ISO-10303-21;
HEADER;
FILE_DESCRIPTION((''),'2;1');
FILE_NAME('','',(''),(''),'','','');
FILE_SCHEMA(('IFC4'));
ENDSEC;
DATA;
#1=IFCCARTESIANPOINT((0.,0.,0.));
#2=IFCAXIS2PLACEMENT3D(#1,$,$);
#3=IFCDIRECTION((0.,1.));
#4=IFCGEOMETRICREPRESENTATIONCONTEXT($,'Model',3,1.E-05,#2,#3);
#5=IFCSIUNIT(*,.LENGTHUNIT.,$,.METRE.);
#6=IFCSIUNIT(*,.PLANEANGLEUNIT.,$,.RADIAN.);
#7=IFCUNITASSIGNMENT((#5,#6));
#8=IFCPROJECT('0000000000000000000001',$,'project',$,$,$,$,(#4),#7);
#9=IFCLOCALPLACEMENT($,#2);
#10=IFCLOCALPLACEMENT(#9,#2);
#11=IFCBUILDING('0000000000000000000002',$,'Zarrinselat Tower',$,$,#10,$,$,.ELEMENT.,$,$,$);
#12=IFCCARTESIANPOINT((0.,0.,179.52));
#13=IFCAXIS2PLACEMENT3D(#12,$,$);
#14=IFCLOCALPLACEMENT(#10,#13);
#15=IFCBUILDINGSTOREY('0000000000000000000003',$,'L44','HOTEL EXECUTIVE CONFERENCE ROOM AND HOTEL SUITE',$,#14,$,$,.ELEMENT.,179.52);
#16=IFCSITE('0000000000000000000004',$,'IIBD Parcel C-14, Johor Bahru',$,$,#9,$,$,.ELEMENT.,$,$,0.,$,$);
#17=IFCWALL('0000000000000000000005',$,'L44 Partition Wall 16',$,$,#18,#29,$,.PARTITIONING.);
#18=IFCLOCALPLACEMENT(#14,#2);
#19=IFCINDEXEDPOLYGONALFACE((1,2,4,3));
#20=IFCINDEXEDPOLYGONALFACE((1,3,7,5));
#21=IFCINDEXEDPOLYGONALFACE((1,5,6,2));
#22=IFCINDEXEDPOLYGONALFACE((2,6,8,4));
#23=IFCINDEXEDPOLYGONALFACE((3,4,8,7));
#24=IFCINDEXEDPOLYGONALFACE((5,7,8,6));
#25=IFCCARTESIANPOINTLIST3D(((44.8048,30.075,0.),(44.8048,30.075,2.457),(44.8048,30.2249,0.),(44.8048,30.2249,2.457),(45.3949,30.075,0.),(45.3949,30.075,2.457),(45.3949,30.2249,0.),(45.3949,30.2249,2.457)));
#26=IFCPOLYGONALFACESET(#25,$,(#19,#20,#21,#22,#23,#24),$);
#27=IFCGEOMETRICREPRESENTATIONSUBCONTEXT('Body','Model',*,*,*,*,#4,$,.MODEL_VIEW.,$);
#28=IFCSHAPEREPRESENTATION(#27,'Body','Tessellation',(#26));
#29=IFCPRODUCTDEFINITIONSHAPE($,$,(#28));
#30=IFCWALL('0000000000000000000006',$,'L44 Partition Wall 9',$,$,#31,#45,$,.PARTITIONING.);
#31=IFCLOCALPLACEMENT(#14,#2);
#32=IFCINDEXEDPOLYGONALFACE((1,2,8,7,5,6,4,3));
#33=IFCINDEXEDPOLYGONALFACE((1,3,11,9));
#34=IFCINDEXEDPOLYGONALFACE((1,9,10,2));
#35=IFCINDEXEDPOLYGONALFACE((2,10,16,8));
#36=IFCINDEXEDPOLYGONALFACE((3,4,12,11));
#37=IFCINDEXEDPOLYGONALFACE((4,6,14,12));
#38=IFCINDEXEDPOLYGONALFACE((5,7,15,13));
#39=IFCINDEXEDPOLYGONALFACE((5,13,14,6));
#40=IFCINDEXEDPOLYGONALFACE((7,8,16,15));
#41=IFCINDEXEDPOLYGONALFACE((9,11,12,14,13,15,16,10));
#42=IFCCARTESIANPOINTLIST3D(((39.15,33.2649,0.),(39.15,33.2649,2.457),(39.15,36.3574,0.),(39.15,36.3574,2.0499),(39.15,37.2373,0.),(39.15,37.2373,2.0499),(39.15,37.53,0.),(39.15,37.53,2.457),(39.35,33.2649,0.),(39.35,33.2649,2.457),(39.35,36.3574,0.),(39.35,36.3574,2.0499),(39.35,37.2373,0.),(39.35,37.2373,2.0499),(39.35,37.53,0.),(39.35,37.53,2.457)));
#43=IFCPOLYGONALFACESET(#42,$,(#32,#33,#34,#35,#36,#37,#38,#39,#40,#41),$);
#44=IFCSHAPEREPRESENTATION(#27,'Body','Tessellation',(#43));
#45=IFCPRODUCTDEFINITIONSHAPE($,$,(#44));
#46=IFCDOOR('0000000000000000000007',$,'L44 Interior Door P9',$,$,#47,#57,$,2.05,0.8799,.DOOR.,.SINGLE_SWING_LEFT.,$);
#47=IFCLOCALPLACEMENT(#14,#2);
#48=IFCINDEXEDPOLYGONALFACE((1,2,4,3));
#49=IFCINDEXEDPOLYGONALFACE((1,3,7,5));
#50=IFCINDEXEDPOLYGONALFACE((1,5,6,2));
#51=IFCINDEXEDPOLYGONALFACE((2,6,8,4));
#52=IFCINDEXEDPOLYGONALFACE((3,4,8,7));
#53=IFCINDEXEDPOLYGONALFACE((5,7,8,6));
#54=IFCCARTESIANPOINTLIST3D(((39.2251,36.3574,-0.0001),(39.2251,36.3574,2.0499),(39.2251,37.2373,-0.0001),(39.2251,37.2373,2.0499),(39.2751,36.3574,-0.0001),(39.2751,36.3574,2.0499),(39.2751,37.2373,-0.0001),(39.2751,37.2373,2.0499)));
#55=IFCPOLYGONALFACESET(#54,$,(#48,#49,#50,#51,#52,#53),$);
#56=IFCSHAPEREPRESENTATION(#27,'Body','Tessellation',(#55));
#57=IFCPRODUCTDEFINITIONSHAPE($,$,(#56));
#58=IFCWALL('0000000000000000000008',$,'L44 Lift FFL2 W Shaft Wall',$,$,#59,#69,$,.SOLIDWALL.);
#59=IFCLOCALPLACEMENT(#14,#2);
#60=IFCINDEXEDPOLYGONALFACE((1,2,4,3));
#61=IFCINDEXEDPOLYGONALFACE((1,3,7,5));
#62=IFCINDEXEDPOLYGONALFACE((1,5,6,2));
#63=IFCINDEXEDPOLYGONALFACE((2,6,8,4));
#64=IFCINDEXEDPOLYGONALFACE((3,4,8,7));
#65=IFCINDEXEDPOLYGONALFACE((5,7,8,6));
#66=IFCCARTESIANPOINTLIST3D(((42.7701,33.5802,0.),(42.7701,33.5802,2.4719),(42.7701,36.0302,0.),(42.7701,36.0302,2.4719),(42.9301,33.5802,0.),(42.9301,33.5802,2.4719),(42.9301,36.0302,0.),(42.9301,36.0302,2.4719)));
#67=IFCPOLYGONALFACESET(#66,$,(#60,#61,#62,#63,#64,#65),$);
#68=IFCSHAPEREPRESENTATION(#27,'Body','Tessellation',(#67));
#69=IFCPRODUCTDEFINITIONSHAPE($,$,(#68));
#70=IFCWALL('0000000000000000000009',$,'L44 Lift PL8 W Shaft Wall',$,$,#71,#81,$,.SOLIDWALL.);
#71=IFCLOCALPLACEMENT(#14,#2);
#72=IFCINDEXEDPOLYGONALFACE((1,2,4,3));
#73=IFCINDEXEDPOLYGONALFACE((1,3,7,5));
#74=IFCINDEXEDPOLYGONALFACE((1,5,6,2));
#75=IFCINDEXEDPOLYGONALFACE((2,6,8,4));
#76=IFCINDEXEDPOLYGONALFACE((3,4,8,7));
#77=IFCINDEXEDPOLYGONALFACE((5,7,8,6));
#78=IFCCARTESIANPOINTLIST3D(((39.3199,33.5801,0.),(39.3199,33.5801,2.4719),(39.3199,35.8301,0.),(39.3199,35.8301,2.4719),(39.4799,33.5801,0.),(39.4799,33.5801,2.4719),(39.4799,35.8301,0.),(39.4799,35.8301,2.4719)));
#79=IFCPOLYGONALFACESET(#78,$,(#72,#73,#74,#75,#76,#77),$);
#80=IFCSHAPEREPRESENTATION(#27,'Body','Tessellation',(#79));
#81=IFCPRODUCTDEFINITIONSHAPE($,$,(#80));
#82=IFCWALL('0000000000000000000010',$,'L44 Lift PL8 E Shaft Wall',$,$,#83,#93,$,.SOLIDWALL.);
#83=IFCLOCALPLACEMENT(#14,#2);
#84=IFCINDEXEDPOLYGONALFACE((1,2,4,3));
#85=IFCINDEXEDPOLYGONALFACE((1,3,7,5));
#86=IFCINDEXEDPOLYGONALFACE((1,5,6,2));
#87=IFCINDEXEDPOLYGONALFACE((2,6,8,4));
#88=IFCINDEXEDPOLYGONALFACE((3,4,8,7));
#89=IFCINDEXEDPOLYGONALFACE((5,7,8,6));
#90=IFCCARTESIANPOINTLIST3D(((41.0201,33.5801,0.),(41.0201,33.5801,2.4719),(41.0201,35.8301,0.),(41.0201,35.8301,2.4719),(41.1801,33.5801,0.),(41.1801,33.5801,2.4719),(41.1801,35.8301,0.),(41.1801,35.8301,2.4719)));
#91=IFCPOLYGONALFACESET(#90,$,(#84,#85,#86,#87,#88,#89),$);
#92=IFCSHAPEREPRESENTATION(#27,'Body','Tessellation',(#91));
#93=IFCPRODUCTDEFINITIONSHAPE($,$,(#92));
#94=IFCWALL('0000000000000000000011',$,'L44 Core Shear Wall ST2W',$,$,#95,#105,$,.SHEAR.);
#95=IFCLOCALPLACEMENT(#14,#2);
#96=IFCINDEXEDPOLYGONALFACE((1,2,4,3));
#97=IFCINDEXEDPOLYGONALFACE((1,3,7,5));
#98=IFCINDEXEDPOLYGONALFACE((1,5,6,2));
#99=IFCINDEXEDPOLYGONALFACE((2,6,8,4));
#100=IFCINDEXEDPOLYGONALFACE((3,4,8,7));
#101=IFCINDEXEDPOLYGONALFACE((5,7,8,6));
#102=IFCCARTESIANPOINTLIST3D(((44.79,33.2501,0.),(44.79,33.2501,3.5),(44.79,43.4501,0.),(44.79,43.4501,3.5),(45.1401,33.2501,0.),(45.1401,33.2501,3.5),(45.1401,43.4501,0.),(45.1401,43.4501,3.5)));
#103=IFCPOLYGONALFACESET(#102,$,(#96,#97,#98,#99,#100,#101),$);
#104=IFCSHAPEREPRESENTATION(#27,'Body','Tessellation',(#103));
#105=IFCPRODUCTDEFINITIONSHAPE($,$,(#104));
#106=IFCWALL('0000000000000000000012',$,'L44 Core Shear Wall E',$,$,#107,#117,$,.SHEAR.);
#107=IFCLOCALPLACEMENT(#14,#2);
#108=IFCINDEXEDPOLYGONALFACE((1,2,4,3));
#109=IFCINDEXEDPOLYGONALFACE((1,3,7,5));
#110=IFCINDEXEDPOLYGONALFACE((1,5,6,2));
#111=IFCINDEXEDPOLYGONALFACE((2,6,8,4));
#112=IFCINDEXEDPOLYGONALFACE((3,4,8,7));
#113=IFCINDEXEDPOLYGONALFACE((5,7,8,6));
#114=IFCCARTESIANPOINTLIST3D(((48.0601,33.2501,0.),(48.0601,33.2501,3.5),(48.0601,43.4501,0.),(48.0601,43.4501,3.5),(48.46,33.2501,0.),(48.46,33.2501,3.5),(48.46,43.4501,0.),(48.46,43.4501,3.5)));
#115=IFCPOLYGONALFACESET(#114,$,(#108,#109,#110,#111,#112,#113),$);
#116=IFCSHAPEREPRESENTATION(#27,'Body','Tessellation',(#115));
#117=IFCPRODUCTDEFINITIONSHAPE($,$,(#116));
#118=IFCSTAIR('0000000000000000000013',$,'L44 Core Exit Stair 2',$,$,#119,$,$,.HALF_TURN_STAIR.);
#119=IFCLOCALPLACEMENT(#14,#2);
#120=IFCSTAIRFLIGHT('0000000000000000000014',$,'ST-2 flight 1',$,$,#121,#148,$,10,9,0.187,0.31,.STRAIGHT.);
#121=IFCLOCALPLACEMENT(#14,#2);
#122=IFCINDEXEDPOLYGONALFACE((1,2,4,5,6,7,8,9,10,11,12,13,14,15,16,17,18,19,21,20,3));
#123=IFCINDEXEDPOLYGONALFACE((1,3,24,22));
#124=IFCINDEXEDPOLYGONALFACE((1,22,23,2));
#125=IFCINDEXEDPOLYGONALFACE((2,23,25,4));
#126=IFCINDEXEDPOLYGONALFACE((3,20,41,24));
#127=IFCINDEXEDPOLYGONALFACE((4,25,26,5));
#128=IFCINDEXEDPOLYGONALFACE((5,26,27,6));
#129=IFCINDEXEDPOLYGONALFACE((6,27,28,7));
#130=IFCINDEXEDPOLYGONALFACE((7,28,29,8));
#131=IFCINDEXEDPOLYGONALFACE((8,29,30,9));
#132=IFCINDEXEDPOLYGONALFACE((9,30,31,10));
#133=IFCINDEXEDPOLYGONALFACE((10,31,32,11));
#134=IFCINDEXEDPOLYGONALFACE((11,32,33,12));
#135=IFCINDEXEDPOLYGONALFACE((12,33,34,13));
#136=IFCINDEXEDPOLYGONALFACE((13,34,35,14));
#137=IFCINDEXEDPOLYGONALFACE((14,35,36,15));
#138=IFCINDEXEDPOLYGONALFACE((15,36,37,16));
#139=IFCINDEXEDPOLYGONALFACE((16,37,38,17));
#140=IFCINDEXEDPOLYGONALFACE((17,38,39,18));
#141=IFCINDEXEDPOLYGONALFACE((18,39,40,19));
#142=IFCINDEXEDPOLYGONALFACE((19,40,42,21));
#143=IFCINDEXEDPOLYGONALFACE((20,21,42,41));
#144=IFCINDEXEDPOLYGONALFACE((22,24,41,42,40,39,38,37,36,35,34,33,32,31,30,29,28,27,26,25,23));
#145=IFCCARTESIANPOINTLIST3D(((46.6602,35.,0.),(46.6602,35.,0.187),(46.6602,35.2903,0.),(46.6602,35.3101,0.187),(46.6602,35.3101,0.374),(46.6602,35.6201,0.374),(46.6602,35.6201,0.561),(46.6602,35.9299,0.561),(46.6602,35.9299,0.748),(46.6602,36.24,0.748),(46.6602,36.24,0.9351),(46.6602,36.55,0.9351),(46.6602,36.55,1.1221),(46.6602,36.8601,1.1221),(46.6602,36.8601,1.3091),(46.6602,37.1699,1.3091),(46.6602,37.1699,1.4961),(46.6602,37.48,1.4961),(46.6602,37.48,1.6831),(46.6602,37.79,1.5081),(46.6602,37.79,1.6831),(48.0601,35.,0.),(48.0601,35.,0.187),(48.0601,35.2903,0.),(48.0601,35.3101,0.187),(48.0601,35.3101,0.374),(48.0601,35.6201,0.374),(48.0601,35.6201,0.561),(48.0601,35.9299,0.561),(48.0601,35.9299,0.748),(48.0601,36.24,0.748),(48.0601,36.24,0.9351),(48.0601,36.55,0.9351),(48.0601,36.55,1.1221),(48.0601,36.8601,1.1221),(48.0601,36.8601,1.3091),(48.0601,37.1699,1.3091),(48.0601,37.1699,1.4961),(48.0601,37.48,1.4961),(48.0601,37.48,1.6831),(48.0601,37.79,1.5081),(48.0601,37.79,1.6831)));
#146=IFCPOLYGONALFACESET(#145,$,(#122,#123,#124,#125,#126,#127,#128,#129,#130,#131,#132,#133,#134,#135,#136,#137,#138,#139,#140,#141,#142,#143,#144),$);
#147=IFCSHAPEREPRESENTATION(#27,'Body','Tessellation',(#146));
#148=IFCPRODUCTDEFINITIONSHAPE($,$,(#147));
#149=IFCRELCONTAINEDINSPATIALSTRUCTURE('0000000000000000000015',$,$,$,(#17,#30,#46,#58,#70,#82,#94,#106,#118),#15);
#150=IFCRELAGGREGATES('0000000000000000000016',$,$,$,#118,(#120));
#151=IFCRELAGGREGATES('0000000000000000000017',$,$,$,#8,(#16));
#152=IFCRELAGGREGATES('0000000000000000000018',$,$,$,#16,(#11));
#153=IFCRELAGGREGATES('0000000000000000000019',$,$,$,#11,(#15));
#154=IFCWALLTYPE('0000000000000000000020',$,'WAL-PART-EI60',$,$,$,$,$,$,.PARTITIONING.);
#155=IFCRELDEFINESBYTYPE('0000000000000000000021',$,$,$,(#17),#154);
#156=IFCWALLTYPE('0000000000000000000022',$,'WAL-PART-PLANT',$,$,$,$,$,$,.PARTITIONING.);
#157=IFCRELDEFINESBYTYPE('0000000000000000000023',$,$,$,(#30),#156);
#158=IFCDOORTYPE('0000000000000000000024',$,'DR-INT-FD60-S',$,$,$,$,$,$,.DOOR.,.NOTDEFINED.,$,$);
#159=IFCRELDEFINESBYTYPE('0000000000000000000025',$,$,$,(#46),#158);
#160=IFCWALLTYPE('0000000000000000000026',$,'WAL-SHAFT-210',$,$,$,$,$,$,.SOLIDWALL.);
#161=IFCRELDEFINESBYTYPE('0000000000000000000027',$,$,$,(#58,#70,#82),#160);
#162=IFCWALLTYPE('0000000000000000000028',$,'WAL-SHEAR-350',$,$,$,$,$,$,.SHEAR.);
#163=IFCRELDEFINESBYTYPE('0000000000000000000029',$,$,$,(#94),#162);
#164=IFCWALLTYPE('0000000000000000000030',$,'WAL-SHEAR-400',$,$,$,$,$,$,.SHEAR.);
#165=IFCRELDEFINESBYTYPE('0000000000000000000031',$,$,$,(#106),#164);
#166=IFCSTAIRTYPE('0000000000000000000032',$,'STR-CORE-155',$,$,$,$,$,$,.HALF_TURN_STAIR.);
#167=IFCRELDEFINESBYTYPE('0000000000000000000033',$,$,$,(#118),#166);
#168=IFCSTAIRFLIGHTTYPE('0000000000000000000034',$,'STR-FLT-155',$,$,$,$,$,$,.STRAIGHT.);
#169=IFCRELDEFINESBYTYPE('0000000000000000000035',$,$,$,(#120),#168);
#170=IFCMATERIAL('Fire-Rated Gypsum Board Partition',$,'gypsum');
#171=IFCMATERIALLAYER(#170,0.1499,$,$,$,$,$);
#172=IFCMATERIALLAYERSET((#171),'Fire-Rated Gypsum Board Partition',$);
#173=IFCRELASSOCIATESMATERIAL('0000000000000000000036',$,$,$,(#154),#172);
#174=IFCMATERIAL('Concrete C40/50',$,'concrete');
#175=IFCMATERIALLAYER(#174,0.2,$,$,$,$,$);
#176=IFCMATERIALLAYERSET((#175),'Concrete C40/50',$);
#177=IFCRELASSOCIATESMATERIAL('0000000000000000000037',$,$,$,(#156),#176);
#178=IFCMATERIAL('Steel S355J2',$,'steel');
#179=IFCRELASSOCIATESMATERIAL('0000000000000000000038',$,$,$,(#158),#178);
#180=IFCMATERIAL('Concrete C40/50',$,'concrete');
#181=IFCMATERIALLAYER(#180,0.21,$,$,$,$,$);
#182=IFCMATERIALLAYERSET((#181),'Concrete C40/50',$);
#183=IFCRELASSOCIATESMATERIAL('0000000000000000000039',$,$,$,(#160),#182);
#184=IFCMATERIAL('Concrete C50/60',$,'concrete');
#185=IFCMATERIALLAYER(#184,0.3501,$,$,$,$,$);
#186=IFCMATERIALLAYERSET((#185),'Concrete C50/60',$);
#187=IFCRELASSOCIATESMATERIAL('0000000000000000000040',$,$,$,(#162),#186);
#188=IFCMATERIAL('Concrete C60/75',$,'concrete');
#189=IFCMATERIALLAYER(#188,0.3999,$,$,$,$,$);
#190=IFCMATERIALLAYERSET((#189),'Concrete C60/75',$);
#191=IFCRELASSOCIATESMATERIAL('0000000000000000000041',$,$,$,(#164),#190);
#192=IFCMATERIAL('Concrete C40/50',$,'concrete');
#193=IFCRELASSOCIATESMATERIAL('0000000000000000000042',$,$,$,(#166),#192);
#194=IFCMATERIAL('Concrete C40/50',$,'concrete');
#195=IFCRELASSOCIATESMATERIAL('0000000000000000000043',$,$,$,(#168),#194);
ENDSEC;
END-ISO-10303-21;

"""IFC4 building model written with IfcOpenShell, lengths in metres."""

from ifc_helpers import new_model, si_unit, direction, frame, frame_2d, origin, place, context, subcontext, project, spatial, polyline, rectangle, outline, extrude, material, layer, layer_set, type_object, element, fill, aggregate, save


model = new_model("IFC4")

# Units and contexts
model_context = context("Model", 3, precision=1e-05, world=origin(), true_north=direction((0.0, 1.0)))
body_context = subcontext(model_context, "Body", "Model", "MODEL_VIEW")
ifc_project = project(units=[si_unit("LENGTHUNIT", "METRE"), si_unit("PLANEANGLEUNIT", "RADIAN")], contexts=[model_context])

# Site, building, storey
site_placement = place(None, origin())
site = spatial("IfcSite", under=ifc_project, at=site_placement, Name="IIBD Parcel C-14, Johor Bahru", CompositionType="ELEMENT", RefElevation=0.0)
building_placement = place(site_placement, origin())
building = spatial("IfcBuilding", under=site, at=building_placement, Name="Zarrinselat Tower", CompositionType="ELEMENT")
storey_placement = place(building_placement, frame((0.0, 0.0, 179.52)))
storey = spatial("IfcBuildingStorey", under=building, at=storey_placement, Name="L44", Description="HOTEL EXECUTIVE CONFERENCE ROOM AND HOTEL SUITE", CompositionType="ELEMENT", Elevation=179.52)

# Wall
ifc_material_1 = material(Name="Fire-Rated Gypsum Board Partition", Category="gypsum")
ifc_layer_1 = layer(ifc_material_1, 0.1499)
ifc_layer_set_1 = layer_set([ifc_layer_1], Name="Fire-Rated Gypsum Board Partition")
wall_type_1 = type_object("IfcWallType", Name="WAL-PART-EI60", PredefinedType="PARTITIONING", material=ifc_layer_set_1)
wall_1_placement = place(storey_placement, frame((44.8049, 30.1499, 0.0), z_axis=(0.0, 0.0, 1.0), x_axis=(1.0, 0.0, 0.0)))
element("IfcWall", 1, at=wall_1_placement, inside=storey, type_object=wall_type_1, Name="L44 Partition Wall 16", PredefinedType="PARTITIONING", context=body_context, shape_type="SweptSolid", body=[
    extrude(rectangle(XDim=0.5901, YDim=0.1499, at=frame_2d((0.2949, 0.0))), origin(), (0.0, 0.0, 1.0), 2.457),
])

# Wall, opening, door
ifc_material_2 = material(Name="Concrete C40/50", Category="concrete")
ifc_layer_2 = layer(ifc_material_2, 0.2)
ifc_layer_set_2 = layer_set([ifc_layer_2], Name="Concrete C40/50")
wall_type_2 = type_object("IfcWallType", Name="WAL-PART-PLANT", PredefinedType="PARTITIONING", material=ifc_layer_set_2)
wall_2_placement = place(storey_placement, frame((39.25, 33.2649, 0.0), z_axis=(0.0, 0.0, 1.0), x_axis=(0.0, 1.0, 0.0)))
wall_2 = element("IfcWall", 2, at=wall_2_placement, inside=storey, type_object=wall_type_2, Name="L44 Partition Wall 9", PredefinedType="PARTITIONING", context=body_context, shape_type="SweptSolid", body=[
    extrude(rectangle(XDim=4.2651, YDim=0.2, at=frame_2d((2.1326, 0.0))), origin(), (0.0, 0.0, 1.0), 2.457),
])
opening_1_placement = place(wall_2_placement, frame((3.0925, 0.0, 0.0)))
opening_1 = element("IfcOpeningElement", 3, at=opening_1_placement, cuts=wall_2, PredefinedType="OPENING", context=body_context, shape_type="SweptSolid", body=[
    extrude(rectangle(XDim=0.8799, YDim=2.05, at=frame_2d((0.4399, 1.0249))), frame((0.0, 0.1099, 0.0), z_axis=(0.0, -1.0, 0.0), x_axis=(1.0, 0.0, 0.0)), (0.0, 0.0, 1.0), 0.22),
])
ifc_material_3 = material(Name="Steel S355J2", Category="steel")
door_type_1 = type_object("IfcDoorType", Name="DR-INT-FD60-S", OperationType="NOTDEFINED", PredefinedType="DOOR", material=ifc_material_3)
door_1_placement = place(opening_1_placement, origin())
door_1 = element("IfcDoor", 4, at=door_1_placement, inside=storey, type_object=door_type_1, Name="L44 Interior Door P9", OperationType="SINGLE_SWING_LEFT", OverallHeight=2.05, OverallWidth=0.8799, PredefinedType="DOOR", context=body_context, shape_type="SweptSolid", body=[
    extrude(rectangle(XDim=0.8799, YDim=2.05, at=frame_2d((0.4399, 1.0249))), frame((0.0, 0.0249, 0.0), z_axis=(0.0, -1.0, 0.0), x_axis=(1.0, 0.0, 0.0)), (0.0, 0.0, 1.0), 0.05),
])
fill(opening_1, door_1)

# Walls
ifc_material_4 = material(Name="Concrete C40/50", Category="concrete")
ifc_layer_3 = layer(ifc_material_4, 0.21)
ifc_layer_set_3 = layer_set([ifc_layer_3], Name="Concrete C40/50")
wall_type_3 = type_object("IfcWallType", Name="WAL-SHAFT-210", PredefinedType="SOLIDWALL", material=ifc_layer_set_3)
wall_3_placement = place(storey_placement, frame((42.8501, 33.5801, 0.0), z_axis=(0.0, 0.0, 1.0), x_axis=(0.0, 1.0, 0.0)))
element("IfcWall", 5, at=wall_3_placement, inside=storey, type_object=wall_type_3, Name="L44 Lift FFL2 W Shaft Wall", PredefinedType="SOLIDWALL", context=body_context, shape_type="SweptSolid", body=[
    extrude(rectangle(XDim=2.45, YDim=0.1599, at=frame_2d((1.2251, 0.0))), origin(), (0.0, 0.0, 1.0), 2.4719),
])
for number, where, z_axis, x_axis, name in (
    (6, (39.3999, 33.5801, 0.0), (0.0, 0.0, 1.0), (0.0, 1.0, 0.0), "L44 Lift PL8 W Shaft Wall"),
    (7, (41.1001, 33.5801, 0.0), (0.0, 0.0, 1.0), (0.0, 1.0, 0.0), "L44 Lift PL8 E Shaft Wall"),
):
    element("IfcWall", number, at=place(storey_placement, frame(where, z_axis=z_axis, x_axis=x_axis)), inside=storey, type_object=wall_type_3, Name=name, PredefinedType="SOLIDWALL", context=body_context, shape_type="SweptSolid", body=[
        extrude(rectangle(XDim=2.25, YDim=0.1599, at=frame_2d((1.125, 0.0))), origin(), (0.0, 0.0, 1.0), 2.4719),
    ])
ifc_material_5 = material(Name="Concrete C50/60", Category="concrete")
ifc_layer_4 = layer(ifc_material_5, 0.3501)
ifc_layer_set_4 = layer_set([ifc_layer_4], Name="Concrete C50/60")
wall_type_4 = type_object("IfcWallType", Name="WAL-SHEAR-350", PredefinedType="SHEAR", material=ifc_layer_set_4)
wall_4_placement = place(storey_placement, frame((44.9651, 33.25, 0.0), z_axis=(0.0, 0.0, 1.0), x_axis=(0.0, 1.0, 0.0)))
element("IfcWall", 8, at=wall_4_placement, inside=storey, type_object=wall_type_4, Name="L44 Core Shear Wall ST2W", PredefinedType="SHEAR", context=body_context, shape_type="SweptSolid", body=[
    extrude(rectangle(XDim=10.2, YDim=0.3501, at=frame_2d((5.1001, 0.0))), origin(), (0.0, 0.0, 1.0), 3.5),
])
ifc_material_6 = material(Name="Concrete C60/75", Category="concrete")
ifc_layer_5 = layer(ifc_material_6, 0.3999)
ifc_layer_set_5 = layer_set([ifc_layer_5], Name="Concrete C60/75")
wall_type_5 = type_object("IfcWallType", Name="WAL-SHEAR-400", PredefinedType="SHEAR", material=ifc_layer_set_5)
wall_5_placement = place(storey_placement, frame((48.26, 33.25, 0.0), z_axis=(0.0, 0.0, 1.0), x_axis=(0.0, 1.0, 0.0)))
element("IfcWall", 9, at=wall_5_placement, inside=storey, type_object=wall_type_5, Name="L44 Core Shear Wall E", PredefinedType="SHEAR", context=body_context, shape_type="SweptSolid", body=[
    extrude(rectangle(XDim=10.2, YDim=0.3999, at=frame_2d((5.1001, 0.0))), origin(), (0.0, 0.0, 1.0), 3.5),
])

# Stair, stair flight
ifc_material_7 = material(Name="Concrete C40/50", Category="concrete")
stair_type = type_object("IfcStairType", Name="STR-CORE-155", PredefinedType="HALF_TURN_STAIR", material=ifc_material_7)
stair_placement = place(storey_placement, origin())
stair = element("IfcStair", 10, at=stair_placement, inside=storey, type_object=stair_type, Name="L44 Core Exit Stair 2", PredefinedType="HALF_TURN_STAIR")
ifc_material_8 = material(Name="Concrete C40/50", Category="concrete")
stair_flight_type = type_object("IfcStairFlightType", Name="STR-FLT-155", PredefinedType="STRAIGHT", material=ifc_material_8)
stair_flight_placement = place(storey_placement, frame((47.3601, 35.0, 0.0), z_axis=(0.0, 0.0, 1.0), x_axis=(0.0, 1.0, 0.0)))
stair_flight = element("IfcStairFlight", 11, at=stair_flight_placement, type_object=stair_flight_type, Name="ST-2 flight 1", NumberOfRisers=10, NumberOfTreads=9, PredefinedType="STRAIGHT", RiserHeight=0.187, TreadLength=0.31, context=body_context, shape_type="SweptSolid", body=[
    extrude(outline(polyline([(0.0, 0.0), (0.0, 0.187), (0.3101, 0.187), (0.3101, 0.374), (0.6201, 0.374), (0.6201, 0.561), (0.9299, 0.561), (0.9299, 0.748), (1.24, 0.748), (1.24, 0.9351), (1.55, 0.9351), (1.55, 1.1221), (1.8601, 1.1221), (1.8601, 1.3091), (2.1699, 1.3091), (2.1699, 1.4961), (2.48, 1.4961), (2.48, 1.6831), (2.79, 1.6831), (2.79, 1.8701), (2.79, 1.5081), (0.2903, 0.0), (0.0, 0.0)])), frame((0.0, 0.7, 0.0), z_axis=(0.0, -1.0, 0.0), x_axis=(1.0, 0.0, 0.0)), (0.0, 0.0, 1.0), 1.3999),
])
aggregate(stair, [stair_flight])

save(model, "model.ifc")
